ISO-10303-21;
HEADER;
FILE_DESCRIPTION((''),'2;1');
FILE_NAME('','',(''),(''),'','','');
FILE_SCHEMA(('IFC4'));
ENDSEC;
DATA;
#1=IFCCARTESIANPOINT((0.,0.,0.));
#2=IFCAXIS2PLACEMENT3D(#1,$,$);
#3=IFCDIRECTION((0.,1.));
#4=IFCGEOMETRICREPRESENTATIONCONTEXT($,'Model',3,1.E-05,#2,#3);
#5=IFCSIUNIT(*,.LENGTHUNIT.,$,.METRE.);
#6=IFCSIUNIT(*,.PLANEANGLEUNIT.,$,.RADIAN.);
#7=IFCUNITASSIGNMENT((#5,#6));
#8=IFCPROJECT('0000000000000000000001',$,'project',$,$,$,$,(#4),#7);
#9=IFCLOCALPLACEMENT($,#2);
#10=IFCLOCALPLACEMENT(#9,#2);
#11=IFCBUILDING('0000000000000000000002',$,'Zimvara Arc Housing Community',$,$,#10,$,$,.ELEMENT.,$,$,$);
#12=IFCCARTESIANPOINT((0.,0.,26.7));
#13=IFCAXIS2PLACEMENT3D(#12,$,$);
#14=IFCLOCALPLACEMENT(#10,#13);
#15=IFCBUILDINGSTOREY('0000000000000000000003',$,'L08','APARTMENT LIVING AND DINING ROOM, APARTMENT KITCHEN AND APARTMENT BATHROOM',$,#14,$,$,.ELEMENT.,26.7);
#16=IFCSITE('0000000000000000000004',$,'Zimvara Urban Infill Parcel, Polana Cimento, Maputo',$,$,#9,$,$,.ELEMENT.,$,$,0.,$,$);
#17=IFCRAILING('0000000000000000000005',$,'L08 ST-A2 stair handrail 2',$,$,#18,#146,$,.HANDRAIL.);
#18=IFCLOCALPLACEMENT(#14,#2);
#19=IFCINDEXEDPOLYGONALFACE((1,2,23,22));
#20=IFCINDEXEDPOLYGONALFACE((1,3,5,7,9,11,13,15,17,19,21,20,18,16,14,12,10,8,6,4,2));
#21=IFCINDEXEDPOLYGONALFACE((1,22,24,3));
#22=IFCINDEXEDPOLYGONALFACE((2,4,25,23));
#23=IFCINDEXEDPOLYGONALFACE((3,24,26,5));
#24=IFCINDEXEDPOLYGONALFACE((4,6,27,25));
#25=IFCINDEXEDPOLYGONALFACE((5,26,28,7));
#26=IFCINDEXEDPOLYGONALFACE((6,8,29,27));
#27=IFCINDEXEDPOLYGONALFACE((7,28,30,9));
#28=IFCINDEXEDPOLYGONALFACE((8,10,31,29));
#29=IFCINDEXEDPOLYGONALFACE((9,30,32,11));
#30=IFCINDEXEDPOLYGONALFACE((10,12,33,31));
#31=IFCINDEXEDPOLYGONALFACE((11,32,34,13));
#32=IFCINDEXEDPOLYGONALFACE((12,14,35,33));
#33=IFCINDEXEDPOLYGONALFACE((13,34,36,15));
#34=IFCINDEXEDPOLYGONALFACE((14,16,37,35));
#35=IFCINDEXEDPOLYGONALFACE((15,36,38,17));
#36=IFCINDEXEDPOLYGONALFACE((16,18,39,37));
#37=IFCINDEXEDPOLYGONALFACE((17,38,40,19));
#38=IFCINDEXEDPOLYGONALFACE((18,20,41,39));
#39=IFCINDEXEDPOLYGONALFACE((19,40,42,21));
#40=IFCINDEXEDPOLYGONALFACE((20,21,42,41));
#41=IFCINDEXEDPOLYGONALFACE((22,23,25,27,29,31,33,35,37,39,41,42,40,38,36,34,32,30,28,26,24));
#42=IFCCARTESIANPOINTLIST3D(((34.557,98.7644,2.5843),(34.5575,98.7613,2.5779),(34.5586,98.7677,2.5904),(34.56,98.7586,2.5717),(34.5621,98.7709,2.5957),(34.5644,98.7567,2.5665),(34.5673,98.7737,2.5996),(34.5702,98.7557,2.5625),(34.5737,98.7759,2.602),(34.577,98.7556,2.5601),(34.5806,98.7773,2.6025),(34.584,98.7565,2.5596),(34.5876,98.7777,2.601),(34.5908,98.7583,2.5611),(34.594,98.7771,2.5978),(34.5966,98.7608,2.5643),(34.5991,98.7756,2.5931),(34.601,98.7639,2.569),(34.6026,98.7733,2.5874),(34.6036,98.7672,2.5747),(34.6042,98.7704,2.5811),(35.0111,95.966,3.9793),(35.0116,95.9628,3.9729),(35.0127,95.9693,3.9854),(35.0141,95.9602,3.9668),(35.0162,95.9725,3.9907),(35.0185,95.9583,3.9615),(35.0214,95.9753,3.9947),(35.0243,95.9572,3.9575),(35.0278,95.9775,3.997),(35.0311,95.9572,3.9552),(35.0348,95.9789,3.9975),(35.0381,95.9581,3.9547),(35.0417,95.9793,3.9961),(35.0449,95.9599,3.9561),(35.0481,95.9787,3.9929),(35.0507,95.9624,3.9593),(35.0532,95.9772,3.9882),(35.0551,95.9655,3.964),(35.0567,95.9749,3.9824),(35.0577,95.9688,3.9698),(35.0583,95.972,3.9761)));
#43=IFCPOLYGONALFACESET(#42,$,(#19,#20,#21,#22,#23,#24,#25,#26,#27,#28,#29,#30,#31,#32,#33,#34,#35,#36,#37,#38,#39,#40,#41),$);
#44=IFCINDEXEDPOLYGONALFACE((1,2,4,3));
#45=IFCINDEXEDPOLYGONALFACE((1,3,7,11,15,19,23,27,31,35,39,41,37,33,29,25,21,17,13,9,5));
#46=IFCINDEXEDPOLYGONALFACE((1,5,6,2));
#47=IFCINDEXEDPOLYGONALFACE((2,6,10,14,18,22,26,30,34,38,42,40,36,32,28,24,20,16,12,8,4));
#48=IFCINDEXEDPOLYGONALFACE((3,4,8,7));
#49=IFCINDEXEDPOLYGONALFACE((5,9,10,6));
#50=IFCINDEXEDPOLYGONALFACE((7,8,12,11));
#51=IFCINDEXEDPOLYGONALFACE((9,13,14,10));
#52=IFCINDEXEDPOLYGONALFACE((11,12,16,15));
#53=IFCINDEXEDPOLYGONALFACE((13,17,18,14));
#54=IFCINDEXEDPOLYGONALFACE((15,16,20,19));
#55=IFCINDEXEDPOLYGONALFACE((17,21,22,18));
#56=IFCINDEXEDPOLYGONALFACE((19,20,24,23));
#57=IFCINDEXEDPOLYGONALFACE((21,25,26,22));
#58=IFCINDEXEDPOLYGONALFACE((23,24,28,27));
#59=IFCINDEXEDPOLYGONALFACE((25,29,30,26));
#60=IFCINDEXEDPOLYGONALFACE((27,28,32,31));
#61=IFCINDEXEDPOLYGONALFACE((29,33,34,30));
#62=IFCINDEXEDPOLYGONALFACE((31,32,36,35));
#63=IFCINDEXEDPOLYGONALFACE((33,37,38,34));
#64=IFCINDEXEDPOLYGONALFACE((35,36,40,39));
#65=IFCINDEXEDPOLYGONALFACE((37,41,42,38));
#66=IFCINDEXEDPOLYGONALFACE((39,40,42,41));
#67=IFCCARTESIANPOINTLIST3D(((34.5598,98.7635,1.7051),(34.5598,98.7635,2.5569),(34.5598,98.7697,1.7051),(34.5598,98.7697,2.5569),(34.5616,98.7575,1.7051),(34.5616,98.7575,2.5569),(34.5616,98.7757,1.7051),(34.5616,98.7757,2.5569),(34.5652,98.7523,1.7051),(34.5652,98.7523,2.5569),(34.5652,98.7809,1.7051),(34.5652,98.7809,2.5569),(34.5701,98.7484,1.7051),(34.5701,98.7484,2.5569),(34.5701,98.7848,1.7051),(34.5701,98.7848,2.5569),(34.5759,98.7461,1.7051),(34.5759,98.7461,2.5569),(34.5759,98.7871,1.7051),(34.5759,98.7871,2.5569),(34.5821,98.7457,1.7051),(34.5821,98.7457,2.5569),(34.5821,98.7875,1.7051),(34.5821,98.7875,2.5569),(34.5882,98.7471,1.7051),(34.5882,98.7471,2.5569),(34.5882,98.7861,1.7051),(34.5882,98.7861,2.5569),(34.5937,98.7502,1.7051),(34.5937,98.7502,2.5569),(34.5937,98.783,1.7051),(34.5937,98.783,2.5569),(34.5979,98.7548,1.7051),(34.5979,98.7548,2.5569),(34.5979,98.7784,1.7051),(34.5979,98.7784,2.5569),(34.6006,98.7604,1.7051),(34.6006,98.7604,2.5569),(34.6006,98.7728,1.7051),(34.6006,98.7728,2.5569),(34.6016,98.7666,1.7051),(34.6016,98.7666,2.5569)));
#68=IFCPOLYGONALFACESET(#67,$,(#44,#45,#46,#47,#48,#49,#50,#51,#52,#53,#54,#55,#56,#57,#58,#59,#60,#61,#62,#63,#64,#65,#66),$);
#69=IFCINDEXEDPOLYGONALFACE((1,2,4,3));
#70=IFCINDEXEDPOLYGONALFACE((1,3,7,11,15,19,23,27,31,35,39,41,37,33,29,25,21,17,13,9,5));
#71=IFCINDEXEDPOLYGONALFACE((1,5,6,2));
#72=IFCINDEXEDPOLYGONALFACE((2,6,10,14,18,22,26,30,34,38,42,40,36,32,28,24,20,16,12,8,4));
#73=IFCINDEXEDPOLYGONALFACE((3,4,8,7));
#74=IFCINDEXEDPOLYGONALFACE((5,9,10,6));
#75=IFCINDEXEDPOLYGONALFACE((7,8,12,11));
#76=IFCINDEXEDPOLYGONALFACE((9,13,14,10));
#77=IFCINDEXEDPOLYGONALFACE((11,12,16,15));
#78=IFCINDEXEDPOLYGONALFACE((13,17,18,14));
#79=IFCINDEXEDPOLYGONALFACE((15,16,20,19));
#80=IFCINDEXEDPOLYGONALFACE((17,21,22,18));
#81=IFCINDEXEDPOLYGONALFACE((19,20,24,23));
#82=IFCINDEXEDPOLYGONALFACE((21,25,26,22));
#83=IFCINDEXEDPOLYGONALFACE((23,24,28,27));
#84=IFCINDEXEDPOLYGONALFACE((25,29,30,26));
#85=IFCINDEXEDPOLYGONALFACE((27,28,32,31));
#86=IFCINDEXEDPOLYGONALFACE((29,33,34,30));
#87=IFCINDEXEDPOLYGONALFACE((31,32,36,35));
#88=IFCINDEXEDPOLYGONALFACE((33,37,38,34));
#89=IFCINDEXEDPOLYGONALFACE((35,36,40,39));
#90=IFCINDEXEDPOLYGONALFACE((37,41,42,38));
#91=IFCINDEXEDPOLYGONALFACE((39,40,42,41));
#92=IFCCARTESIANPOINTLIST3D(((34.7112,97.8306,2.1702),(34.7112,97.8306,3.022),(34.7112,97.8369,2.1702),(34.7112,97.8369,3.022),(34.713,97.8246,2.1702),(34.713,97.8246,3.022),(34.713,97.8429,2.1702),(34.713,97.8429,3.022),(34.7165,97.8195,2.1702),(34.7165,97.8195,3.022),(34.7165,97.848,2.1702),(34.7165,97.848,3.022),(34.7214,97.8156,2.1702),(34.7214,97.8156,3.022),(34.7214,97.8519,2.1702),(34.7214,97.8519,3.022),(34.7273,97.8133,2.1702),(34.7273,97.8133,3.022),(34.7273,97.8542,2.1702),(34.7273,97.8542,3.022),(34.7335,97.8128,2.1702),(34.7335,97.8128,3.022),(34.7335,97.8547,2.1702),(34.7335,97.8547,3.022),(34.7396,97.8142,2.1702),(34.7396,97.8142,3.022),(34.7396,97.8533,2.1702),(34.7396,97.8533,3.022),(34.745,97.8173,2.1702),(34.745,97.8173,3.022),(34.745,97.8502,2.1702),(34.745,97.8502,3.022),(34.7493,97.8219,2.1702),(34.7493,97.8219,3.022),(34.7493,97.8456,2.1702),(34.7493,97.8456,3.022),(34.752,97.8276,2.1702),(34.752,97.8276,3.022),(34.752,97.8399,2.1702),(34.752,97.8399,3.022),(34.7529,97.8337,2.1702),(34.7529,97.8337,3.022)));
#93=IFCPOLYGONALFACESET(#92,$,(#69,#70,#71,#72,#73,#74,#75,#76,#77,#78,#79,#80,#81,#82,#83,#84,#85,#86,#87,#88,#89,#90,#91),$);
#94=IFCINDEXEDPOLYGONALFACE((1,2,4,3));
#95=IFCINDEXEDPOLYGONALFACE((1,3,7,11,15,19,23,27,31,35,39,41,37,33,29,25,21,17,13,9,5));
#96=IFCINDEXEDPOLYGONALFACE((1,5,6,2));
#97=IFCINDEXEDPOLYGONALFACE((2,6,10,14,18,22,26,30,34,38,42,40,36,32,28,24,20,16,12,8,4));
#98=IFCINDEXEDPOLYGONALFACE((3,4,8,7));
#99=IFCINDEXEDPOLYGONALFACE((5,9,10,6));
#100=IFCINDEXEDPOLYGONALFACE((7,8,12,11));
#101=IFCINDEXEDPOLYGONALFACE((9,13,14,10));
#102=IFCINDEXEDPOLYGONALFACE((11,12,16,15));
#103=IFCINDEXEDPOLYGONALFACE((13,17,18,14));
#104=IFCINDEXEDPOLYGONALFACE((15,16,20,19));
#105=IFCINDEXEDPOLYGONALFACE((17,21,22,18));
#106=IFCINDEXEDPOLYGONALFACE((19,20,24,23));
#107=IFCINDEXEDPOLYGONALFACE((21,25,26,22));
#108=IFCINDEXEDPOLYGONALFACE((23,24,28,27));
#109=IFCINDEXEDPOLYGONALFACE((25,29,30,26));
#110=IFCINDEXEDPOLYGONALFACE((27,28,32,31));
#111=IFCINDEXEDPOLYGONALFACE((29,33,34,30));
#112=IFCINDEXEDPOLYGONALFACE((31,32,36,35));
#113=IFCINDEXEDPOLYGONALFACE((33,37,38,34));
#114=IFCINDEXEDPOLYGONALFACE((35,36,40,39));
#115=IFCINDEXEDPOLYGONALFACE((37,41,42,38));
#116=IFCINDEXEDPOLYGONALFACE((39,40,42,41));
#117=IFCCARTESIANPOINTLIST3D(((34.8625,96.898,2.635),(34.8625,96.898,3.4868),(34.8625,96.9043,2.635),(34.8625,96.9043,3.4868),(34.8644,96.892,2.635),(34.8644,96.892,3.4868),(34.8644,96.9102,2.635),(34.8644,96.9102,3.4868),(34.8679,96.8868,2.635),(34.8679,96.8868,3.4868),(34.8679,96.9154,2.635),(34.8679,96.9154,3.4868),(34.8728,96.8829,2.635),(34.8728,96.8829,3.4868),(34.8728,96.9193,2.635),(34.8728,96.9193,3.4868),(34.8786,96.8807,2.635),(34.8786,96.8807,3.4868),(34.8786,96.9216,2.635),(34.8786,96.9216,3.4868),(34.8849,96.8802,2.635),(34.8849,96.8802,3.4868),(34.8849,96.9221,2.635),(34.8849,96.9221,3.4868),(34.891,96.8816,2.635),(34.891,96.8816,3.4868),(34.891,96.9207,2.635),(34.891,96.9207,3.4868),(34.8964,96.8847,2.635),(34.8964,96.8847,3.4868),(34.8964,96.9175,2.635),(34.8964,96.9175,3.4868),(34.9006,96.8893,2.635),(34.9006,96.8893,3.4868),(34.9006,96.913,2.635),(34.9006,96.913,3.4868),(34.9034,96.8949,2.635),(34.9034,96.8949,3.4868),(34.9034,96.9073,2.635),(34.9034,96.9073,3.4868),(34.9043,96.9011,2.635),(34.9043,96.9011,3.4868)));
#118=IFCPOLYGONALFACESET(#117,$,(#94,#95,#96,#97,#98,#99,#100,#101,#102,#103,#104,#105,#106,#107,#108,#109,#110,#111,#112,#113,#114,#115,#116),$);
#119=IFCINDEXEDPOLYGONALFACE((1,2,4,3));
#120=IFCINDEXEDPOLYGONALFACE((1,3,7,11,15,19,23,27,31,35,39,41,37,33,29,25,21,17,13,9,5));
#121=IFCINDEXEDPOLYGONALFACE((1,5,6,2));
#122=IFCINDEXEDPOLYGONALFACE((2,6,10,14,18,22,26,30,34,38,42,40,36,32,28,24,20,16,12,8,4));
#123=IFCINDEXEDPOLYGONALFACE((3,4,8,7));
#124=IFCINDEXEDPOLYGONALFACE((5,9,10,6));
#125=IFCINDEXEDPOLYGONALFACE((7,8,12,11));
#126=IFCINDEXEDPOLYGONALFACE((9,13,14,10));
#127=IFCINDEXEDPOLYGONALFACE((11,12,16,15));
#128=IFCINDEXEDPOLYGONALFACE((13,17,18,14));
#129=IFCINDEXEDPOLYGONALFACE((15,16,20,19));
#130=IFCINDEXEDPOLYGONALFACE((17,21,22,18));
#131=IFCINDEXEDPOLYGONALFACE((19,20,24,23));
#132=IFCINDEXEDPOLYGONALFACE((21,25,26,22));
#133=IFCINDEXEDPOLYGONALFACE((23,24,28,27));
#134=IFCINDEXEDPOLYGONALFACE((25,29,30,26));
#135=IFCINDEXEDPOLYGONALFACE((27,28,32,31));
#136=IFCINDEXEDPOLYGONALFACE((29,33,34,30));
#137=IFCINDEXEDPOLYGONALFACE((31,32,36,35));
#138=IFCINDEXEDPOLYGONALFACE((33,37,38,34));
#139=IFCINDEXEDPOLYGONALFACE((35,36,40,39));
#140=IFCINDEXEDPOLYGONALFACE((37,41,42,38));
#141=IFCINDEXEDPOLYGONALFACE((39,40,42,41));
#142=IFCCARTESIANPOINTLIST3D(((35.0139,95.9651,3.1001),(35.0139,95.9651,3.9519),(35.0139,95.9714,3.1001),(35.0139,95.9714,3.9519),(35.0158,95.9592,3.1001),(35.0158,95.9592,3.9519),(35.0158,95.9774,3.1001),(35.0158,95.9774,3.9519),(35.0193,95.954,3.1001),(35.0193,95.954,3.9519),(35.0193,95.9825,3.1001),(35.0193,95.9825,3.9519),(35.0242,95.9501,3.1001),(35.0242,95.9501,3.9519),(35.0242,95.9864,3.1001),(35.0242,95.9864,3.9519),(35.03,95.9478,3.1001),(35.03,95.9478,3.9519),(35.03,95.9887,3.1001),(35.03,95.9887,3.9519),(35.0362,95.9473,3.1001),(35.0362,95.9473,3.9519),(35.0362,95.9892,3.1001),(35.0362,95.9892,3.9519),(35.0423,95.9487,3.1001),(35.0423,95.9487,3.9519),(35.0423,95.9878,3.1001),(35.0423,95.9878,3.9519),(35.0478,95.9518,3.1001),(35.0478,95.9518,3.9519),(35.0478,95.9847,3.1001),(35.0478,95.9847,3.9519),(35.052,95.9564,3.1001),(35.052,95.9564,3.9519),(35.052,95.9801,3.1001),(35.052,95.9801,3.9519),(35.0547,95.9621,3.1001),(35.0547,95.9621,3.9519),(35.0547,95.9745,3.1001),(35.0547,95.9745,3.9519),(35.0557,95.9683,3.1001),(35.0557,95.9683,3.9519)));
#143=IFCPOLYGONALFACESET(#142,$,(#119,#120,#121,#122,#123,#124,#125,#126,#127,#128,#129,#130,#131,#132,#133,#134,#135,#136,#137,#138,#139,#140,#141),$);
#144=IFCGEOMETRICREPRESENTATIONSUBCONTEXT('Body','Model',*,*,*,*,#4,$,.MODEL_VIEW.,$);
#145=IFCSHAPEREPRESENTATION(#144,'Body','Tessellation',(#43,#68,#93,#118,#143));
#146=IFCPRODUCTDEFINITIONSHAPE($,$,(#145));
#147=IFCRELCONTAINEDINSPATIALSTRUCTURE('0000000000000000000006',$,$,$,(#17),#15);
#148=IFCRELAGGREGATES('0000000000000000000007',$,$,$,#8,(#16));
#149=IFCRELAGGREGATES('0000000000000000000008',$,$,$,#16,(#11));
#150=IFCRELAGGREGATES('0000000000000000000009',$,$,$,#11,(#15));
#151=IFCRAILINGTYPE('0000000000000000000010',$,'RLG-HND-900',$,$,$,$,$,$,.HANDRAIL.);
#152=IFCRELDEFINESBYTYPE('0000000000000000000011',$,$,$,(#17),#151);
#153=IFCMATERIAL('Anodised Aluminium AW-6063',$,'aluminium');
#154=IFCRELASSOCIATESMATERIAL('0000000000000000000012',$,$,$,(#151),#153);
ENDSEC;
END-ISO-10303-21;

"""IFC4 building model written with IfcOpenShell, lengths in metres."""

from ifc_helpers import new_model, si_unit, direction, frame, origin, origin_2d, place, context, subcontext, project, spatial, circle, extrude, material, type_object, element, save


model = new_model("IFC4")

# Units and contexts
model_context = context("Model", 3, precision=1e-05, world=origin(), true_north=direction((0.0, 1.0)))
body_context = subcontext(model_context, "Body", "Model", "MODEL_VIEW")
ifc_project = project(units=[si_unit("LENGTHUNIT", "METRE"), si_unit("PLANEANGLEUNIT", "RADIAN")], contexts=[model_context])

# Site, building, storey
site_placement = place(None, origin())
site = spatial("IfcSite", under=ifc_project, at=site_placement, Name="Zimvara Urban Infill Parcel, Polana Cimento, Maputo", CompositionType="ELEMENT", RefElevation=0.0)
building_placement = place(site_placement, origin())
building = spatial("IfcBuilding", under=site, at=building_placement, Name="Zimvara Arc Housing Community", CompositionType="ELEMENT")
storey_placement = place(building_placement, frame((0.0, 0.0, 26.7)))
storey = spatial("IfcBuildingStorey", under=building, at=storey_placement, Name="L08", Description="APARTMENT LIVING AND DINING ROOM, APARTMENT KITCHEN AND APARTMENT BATHROOM", CompositionType="ELEMENT", Elevation=26.7)

# Railing
ifc_material_1 = material(Name="Anodised Aluminium AW-6063", Category="aluminium")
railing_type = type_object("IfcRailingType", Name="RLG-HND-900", PredefinedType="HANDRAIL", material=ifc_material_1)
railing_placement = place(storey_placement, frame((34.5806, 98.7666, 1.7051)))
element("IfcRailing", 1, at=railing_placement, inside=storey, type_object=railing_type, Name="L08 ST-A2 stair handrail 2", PredefinedType="HANDRAIL", context=body_context, shape_type="SweptSolid", body=[
    extrude(circle(Radius=0.0239, at=origin_2d()), frame((0.0, 0.0, 0.876), z_axis=(0.143722, -0.885666, 0.44152), x_axis=(0.987088, 0.16018, 0.0)), (0.0, 0.0, 1.0), 3.1597),
    extrude(circle(Radius=0.021, at=origin_2d()), origin(), (0.0, 0.0, 1.0), 0.8518),
    extrude(circle(Radius=0.021, at=origin_2d()), frame((0.1514, -0.9329, 0.4651)), (0.0, 0.0, 1.0), 0.8518),
    extrude(circle(Radius=0.021, at=origin_2d()), frame((0.3027, -1.8655, 0.9299)), (0.0, 0.0, 1.0), 0.8518),
    extrude(circle(Radius=0.021, at=origin_2d()), frame((0.4541, -2.7983, 1.395)), (0.0, 0.0, 1.0), 0.8518),
])

save(model, "model.ifc")
